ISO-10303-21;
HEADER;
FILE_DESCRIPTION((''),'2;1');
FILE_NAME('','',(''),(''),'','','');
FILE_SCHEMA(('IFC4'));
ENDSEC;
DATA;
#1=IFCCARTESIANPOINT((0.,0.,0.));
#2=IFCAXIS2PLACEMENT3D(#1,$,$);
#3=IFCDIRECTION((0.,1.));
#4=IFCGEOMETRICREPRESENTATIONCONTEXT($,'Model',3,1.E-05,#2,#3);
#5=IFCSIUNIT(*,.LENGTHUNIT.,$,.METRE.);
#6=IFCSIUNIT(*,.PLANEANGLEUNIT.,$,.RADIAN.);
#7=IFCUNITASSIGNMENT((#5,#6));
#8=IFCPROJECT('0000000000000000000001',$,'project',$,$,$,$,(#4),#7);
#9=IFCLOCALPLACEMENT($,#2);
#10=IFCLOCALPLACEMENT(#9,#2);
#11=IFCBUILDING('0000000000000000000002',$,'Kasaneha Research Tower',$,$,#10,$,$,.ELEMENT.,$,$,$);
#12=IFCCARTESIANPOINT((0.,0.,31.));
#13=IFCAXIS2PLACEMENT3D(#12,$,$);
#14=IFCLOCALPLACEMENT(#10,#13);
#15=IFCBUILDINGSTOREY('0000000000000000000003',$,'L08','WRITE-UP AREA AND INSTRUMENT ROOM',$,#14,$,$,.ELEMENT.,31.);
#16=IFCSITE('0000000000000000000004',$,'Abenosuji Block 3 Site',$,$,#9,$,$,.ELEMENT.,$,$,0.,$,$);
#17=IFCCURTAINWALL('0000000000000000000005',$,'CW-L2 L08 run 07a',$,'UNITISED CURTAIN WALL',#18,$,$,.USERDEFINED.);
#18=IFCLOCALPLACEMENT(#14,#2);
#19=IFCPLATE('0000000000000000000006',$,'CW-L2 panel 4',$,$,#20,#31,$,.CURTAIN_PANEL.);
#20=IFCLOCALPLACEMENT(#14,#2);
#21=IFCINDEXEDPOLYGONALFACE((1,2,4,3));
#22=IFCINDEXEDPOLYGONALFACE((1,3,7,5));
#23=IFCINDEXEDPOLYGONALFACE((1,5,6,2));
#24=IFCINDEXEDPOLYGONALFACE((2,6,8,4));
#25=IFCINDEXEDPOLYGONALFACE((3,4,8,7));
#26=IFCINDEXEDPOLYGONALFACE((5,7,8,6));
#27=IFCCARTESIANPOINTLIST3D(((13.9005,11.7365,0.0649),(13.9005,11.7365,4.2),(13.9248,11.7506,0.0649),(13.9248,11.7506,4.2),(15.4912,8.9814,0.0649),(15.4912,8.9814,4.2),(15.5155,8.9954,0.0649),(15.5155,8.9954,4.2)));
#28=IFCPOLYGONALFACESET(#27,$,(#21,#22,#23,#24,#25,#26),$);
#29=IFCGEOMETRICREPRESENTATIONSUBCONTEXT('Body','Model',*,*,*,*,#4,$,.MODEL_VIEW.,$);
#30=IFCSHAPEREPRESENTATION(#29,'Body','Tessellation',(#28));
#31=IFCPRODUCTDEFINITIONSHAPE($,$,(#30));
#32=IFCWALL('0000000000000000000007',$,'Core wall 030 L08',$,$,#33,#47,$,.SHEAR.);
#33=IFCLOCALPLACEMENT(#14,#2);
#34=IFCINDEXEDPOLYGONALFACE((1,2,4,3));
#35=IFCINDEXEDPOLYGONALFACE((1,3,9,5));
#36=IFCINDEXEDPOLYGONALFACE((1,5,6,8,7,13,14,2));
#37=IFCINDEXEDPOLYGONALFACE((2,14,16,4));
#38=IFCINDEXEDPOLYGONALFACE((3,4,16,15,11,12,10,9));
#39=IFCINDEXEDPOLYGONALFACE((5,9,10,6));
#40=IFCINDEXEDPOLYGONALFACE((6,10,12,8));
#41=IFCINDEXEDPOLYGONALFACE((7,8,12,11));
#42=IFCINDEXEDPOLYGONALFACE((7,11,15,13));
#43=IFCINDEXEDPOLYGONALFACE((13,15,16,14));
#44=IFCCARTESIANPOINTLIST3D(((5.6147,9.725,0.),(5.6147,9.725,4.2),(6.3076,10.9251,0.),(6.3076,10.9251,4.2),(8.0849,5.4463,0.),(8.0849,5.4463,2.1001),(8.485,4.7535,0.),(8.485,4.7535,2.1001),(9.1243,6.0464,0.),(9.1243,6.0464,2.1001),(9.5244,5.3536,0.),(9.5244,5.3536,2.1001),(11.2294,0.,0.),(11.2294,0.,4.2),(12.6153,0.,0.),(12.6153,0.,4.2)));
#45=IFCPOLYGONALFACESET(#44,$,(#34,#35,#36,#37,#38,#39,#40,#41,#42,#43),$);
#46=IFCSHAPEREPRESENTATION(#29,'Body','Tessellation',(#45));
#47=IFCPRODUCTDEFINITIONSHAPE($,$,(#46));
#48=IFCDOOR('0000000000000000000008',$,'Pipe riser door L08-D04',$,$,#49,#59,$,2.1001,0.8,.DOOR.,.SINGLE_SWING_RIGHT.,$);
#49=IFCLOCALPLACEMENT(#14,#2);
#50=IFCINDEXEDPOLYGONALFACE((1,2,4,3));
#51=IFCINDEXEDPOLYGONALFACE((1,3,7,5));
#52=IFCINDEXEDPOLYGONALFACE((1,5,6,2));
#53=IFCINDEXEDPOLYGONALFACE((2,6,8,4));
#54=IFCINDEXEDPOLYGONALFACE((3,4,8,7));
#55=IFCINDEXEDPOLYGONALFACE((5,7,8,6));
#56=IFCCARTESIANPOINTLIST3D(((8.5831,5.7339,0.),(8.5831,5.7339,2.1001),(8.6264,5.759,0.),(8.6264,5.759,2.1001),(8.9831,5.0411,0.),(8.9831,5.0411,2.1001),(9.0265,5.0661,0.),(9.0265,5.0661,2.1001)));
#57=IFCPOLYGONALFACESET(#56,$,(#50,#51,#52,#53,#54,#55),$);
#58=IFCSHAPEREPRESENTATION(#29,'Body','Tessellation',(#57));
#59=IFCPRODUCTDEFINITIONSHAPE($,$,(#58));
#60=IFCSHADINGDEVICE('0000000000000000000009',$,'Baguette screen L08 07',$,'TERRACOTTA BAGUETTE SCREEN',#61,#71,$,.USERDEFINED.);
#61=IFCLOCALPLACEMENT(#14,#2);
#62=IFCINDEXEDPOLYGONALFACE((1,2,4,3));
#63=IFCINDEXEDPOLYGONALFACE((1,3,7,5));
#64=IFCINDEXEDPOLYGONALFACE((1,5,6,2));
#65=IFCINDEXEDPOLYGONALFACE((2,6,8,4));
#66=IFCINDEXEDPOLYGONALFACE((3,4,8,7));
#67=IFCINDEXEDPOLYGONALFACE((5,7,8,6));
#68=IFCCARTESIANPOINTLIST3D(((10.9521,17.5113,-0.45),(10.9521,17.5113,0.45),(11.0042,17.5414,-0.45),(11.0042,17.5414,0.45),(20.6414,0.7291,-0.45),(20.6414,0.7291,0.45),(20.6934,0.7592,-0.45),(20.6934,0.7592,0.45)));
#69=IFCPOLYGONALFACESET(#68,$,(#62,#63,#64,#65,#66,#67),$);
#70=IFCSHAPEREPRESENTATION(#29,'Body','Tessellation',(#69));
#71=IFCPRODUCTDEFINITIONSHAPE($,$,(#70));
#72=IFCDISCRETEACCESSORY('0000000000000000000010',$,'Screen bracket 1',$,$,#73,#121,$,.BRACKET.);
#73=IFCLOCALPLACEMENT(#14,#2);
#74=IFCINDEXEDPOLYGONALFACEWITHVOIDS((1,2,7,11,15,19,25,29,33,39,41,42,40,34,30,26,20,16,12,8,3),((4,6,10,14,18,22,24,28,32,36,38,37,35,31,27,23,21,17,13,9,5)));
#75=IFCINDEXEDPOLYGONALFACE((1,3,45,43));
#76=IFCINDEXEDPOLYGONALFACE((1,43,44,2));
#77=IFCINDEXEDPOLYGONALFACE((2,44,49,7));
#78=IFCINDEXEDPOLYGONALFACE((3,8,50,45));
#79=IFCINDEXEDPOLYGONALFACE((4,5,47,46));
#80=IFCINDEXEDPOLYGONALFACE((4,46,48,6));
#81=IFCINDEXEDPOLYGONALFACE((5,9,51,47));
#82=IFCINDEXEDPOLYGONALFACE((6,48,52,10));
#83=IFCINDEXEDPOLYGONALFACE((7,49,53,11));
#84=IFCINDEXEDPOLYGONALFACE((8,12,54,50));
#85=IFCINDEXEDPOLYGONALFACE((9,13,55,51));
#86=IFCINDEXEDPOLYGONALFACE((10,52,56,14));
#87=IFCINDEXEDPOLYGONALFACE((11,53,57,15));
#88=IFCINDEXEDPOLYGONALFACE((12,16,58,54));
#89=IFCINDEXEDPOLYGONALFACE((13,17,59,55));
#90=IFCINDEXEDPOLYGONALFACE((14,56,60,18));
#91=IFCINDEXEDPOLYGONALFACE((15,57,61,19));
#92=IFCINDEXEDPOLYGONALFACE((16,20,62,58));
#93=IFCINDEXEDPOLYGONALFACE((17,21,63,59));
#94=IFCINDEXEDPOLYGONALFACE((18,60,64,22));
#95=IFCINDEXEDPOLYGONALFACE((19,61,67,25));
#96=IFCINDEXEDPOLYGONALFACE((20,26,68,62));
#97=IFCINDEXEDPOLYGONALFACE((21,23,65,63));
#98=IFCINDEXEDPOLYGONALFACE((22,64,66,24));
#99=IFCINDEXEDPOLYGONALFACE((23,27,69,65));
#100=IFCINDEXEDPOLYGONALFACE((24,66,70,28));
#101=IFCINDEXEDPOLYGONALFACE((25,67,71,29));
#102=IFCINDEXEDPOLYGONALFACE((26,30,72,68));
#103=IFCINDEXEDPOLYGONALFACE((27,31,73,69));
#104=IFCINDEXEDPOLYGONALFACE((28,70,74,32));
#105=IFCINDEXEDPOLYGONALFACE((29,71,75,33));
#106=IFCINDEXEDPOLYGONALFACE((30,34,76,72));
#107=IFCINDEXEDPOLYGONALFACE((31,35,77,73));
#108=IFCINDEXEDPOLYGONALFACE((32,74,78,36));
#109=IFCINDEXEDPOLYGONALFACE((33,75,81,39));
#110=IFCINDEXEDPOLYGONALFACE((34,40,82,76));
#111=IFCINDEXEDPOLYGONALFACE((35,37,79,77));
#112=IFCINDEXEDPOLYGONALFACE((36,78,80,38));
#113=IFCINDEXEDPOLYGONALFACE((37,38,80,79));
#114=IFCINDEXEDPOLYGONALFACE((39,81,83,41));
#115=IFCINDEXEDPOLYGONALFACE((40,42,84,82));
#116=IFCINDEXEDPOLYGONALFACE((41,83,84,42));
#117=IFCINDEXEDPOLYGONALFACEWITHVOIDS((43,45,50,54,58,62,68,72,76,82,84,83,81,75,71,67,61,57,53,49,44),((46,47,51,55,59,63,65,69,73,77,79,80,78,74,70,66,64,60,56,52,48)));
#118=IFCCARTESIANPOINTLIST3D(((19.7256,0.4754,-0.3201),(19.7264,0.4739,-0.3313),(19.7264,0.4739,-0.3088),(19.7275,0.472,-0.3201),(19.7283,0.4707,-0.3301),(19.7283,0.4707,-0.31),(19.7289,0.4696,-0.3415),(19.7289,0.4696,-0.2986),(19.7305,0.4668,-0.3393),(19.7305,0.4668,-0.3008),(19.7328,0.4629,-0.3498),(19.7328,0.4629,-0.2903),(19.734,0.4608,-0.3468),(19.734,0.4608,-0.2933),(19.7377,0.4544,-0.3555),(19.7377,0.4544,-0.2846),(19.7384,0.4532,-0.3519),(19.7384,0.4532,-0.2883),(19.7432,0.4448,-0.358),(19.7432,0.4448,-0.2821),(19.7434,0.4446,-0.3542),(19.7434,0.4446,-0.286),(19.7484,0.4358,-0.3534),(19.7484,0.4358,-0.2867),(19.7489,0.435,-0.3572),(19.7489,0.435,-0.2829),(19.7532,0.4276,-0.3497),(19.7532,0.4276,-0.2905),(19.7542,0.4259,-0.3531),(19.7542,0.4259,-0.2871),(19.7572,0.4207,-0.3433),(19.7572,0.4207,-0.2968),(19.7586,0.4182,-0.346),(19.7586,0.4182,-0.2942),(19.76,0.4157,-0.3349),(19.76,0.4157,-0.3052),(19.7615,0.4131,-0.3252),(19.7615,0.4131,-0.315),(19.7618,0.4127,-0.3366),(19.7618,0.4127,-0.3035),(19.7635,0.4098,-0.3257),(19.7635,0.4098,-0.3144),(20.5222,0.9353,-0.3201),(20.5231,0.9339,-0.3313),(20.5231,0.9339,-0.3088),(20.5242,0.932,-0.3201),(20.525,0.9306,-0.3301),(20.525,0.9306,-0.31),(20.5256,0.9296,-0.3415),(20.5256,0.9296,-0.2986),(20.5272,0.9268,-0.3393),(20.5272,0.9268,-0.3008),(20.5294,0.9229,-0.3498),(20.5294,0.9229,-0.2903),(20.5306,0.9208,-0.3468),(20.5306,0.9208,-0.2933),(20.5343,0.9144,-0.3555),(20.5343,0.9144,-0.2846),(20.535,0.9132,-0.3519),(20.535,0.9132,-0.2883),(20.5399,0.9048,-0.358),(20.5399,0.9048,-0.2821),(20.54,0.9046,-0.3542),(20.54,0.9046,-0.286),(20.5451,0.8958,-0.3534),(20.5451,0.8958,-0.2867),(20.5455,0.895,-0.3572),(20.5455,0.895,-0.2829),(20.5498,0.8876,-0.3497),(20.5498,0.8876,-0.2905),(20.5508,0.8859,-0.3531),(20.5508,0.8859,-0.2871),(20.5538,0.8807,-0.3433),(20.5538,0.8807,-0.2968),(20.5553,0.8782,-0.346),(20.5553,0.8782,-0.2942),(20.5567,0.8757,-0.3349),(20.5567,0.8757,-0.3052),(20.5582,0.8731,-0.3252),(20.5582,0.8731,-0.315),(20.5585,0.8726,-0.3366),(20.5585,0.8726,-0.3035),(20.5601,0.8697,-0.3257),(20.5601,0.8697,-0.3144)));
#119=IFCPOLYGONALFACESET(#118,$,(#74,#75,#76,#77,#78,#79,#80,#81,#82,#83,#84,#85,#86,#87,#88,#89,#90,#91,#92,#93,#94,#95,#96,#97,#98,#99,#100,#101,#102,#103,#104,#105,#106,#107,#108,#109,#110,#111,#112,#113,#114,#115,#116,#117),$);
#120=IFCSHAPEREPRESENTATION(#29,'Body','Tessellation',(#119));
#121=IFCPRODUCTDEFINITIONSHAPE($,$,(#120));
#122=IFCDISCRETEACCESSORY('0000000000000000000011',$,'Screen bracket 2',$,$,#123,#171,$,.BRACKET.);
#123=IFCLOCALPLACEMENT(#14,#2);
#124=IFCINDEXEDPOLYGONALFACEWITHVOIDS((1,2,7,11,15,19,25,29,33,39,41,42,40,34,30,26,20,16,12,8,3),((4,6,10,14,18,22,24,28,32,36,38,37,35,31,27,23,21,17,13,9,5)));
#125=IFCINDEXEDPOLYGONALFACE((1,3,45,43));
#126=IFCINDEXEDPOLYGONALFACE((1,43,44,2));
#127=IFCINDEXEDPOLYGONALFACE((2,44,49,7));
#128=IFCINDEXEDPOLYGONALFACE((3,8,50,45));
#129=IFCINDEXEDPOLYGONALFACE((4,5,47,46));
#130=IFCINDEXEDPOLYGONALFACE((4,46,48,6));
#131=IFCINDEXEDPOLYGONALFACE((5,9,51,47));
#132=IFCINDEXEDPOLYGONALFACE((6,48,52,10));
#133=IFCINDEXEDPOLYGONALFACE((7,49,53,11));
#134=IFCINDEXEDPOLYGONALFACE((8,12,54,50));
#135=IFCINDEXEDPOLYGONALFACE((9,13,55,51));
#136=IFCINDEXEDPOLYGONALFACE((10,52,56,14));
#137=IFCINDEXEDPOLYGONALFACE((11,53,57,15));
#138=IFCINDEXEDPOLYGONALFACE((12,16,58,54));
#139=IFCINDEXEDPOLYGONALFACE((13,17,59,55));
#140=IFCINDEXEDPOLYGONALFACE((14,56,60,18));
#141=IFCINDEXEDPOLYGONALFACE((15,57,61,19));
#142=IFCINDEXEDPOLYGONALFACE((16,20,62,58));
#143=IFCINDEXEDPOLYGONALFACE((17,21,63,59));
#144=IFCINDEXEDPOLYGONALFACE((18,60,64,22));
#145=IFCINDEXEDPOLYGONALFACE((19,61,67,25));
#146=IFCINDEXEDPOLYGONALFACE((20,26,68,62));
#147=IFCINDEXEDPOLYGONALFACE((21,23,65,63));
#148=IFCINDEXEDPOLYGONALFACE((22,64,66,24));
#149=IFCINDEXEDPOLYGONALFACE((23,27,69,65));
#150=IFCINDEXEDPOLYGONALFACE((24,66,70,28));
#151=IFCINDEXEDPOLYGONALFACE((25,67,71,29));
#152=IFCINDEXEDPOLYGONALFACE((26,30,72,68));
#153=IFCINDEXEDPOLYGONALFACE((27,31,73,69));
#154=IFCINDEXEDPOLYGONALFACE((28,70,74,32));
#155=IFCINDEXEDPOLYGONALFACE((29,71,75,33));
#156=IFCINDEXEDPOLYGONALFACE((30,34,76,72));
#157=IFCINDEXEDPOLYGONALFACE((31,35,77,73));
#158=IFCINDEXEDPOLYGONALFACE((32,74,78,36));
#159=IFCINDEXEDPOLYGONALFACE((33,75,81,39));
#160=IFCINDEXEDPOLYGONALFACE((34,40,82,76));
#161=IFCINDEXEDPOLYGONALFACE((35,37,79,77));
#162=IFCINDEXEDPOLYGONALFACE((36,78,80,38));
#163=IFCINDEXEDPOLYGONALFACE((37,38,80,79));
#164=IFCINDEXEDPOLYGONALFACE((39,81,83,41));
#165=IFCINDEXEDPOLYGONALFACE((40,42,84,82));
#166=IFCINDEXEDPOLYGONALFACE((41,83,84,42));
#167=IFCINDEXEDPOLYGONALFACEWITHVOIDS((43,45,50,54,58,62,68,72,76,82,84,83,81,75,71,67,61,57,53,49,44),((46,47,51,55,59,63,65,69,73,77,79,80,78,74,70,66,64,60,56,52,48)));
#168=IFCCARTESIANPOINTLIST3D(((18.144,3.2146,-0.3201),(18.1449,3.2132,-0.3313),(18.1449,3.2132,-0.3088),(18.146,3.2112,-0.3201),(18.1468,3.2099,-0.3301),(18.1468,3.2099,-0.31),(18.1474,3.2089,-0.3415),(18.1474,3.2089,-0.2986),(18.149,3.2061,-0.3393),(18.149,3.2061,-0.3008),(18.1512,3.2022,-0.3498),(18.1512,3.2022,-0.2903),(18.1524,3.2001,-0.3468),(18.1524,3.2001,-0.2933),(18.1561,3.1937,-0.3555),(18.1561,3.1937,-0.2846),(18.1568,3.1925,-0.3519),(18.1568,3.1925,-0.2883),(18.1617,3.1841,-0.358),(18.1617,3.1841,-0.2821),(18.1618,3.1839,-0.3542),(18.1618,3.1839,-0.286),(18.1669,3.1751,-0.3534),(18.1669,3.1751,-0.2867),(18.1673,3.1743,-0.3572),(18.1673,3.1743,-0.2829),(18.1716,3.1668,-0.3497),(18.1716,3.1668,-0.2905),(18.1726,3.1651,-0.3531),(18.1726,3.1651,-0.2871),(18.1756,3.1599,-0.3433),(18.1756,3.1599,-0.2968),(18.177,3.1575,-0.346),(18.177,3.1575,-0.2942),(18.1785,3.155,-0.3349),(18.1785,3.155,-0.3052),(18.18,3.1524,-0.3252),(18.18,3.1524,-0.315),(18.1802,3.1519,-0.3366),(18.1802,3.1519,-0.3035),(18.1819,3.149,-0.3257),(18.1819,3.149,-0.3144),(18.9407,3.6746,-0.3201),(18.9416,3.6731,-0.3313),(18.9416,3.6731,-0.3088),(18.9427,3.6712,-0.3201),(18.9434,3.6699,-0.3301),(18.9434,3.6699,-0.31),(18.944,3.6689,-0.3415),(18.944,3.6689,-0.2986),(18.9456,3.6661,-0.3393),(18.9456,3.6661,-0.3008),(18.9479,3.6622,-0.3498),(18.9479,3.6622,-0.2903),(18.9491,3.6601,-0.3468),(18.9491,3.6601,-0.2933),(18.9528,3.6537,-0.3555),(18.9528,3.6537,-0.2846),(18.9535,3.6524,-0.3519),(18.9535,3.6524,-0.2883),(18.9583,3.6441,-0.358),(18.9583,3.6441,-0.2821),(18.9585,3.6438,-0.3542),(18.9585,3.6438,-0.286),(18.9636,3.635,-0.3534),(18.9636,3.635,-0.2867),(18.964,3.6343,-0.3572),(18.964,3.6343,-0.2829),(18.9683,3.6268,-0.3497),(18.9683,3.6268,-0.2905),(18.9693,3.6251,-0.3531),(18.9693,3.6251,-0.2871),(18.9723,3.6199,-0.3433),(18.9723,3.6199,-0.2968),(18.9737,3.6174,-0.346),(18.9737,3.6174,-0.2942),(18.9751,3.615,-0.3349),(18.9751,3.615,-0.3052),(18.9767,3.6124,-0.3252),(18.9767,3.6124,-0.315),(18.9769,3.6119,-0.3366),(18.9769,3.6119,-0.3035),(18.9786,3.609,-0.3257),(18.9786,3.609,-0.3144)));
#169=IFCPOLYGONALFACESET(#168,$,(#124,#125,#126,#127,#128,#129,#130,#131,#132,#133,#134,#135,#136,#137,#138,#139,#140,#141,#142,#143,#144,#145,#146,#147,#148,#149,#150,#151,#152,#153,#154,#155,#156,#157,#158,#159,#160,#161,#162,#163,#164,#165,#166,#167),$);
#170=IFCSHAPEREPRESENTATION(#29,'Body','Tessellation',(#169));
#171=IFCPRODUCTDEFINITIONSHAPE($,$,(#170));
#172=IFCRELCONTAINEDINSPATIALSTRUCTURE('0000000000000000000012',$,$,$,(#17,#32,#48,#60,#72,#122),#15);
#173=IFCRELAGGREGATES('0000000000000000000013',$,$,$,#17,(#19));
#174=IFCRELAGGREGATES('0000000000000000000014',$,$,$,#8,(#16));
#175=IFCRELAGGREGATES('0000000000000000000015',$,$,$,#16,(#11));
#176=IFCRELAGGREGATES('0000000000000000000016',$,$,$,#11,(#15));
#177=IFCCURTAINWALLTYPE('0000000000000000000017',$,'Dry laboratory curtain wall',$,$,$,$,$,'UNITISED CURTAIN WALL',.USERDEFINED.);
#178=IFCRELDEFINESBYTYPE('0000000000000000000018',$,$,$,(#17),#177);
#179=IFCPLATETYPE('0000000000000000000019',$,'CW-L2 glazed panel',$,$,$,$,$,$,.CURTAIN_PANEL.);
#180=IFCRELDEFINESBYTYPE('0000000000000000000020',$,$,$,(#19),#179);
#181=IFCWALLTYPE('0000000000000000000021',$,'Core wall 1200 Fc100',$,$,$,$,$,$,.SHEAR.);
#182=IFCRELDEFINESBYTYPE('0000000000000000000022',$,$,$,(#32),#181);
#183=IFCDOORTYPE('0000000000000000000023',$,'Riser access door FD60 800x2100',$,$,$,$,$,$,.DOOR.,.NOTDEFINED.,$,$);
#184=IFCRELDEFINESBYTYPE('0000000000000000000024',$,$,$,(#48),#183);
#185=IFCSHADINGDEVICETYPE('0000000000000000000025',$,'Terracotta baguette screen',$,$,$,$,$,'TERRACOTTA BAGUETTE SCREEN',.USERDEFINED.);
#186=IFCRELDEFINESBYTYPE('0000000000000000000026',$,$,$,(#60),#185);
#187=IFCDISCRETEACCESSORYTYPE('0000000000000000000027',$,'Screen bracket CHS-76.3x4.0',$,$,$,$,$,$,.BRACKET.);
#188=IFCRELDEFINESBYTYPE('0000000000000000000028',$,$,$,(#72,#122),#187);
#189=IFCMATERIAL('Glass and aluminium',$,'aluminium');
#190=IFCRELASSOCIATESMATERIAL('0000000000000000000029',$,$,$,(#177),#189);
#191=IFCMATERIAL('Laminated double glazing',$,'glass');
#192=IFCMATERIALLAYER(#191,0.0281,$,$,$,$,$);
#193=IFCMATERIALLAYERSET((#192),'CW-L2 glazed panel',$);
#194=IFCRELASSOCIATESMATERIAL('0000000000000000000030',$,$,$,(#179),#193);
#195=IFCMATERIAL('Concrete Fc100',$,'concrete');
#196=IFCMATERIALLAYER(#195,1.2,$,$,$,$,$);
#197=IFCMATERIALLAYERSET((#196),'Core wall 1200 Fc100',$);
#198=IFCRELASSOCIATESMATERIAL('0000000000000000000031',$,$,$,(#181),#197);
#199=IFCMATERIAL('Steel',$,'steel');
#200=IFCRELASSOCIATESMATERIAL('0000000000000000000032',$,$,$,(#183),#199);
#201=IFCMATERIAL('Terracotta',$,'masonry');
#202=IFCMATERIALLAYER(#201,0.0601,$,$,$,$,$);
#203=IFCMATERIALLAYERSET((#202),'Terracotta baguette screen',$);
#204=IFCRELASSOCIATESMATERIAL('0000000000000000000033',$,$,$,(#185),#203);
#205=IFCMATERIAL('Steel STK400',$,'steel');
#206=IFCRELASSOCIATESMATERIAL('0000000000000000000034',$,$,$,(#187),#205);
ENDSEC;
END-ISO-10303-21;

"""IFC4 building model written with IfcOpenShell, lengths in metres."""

from ifc_helpers import new_model, si_unit, direction, frame, frame_2d, origin, origin_2d, place, context, subcontext, project, spatial, polyline, rectangle, hollow_circle, outline, extrude, material, layer, layer_set, material_profile, profile_set, type_object, element, fill, aggregate, save


model = new_model("IFC4")

# Units and contexts
model_context = context("Model", 3, precision=1e-05, world=origin(), true_north=direction((0.0, 1.0)))
body_context = subcontext(model_context, "Body", "Model", "MODEL_VIEW")
ifc_project = project(units=[si_unit("LENGTHUNIT", "METRE"), si_unit("PLANEANGLEUNIT", "RADIAN")], contexts=[model_context])

# Site, building, storey
site_placement = place(None, origin())
site = spatial("IfcSite", under=ifc_project, at=site_placement, Name="Abenosuji Block 3 Site", CompositionType="ELEMENT", RefElevation=0.0)
building_placement = place(site_placement, origin())
building = spatial("IfcBuilding", under=site, at=building_placement, Name="Kasaneha Research Tower", CompositionType="ELEMENT")
storey_placement = place(building_placement, frame((0.0, 0.0, 31.0)))
storey = spatial("IfcBuildingStorey", under=building, at=storey_placement, Name="L08", Description="WRITE-UP AREA AND INSTRUMENT ROOM", CompositionType="ELEMENT", Elevation=31.0)

# Shared definitions
ifc_material_1 = material(Name="Glass and aluminium", Category="aluminium")
curtain_wall_type = type_object("IfcCurtainWallType", Name="Dry laboratory curtain wall", ElementType="UNITISED CURTAIN WALL", PredefinedType="USERDEFINED", material=ifc_material_1)

# Curtain wall
curtain_wall_1_placement = place(storey_placement, origin())
curtain_wall_1 = element("IfcCurtainWall", 1, at=curtain_wall_1_placement, inside=storey, type_object=curtain_wall_type, Name="CW-L2 L08 run 07a", ObjectType="UNITISED CURTAIN WALL", PredefinedType="USERDEFINED")

# Plate
ifc_material_2 = material(Name="Laminated double glazing", Category="glass")
ifc_layer_1 = layer(ifc_material_2, 0.0281)
ifc_layer_set_1 = layer_set([ifc_layer_1], Name="CW-L2 glazed panel")
plate_type = type_object("IfcPlateType", Name="CW-L2 glazed panel", PredefinedType="CURTAIN_PANEL", material=ifc_layer_set_1)
plate_1_placement = place(storey_placement, frame((14.708, 10.366, 0.0649), z_axis=(0.0, 0.0, 1.0), x_axis=(-0.5, 0.866025, 0.0)))
plate_1 = element("IfcPlate", 2, at=plate_1_placement, type_object=plate_type, Name="CW-L2 panel 4", PredefinedType="CURTAIN_PANEL", context=body_context, shape_type="SweptSolid", body=[
    extrude(rectangle(XDim=3.1814, YDim=0.0281, at=origin_2d()), origin(), (0.0, 0.0, 1.0), 4.135),
])
aggregate(curtain_wall_1, [plate_1])

# Wall, opening, door
ifc_material_3 = material(Name="Concrete Fc100", Category="concrete")
ifc_layer_2 = layer(ifc_material_3, 1.2)
ifc_layer_set_2 = layer_set([ifc_layer_2], Name="Core wall 1200 Fc100")
wall_type_1 = type_object("IfcWallType", Name="Core wall 1200 Fc100", PredefinedType="SHEAR", material=ifc_layer_set_2)
wall_1_placement = place(storey_placement, frame((11.9224, 0.0, 0.0), z_axis=(0.0, 0.0, 1.0), x_axis=(-0.500004, 0.866023, 0.0)))
wall_1 = element("IfcWall", 3, at=wall_1_placement, inside=storey, type_object=wall_type_1, Name="Core wall 030 L08", PredefinedType="SHEAR", context=body_context, shape_type="SweptSolid", body=[
    extrude(outline(polyline([(-0.3464, -0.6001), (5.8354, -0.6001), (6.6355, -0.6001), (12.2688, -0.6001), (11.5759, 0.6001), (6.6355, 0.6001), (5.8354, 0.6001), (0.3464, 0.6001), (-0.3464, -0.6001)])), origin(), (0.0, 0.0, 1.0), 4.2),
])
opening_1_placement = place(wall_1_placement, frame((5.8354, 0.0, 0.0)))
opening_1 = element("IfcOpeningElement", 4, at=opening_1_placement, cuts=wall_1, PredefinedType="OPENING", context=body_context, shape_type="SweptSolid", body=[
    extrude(rectangle(XDim=0.8, YDim=2.1001, at=frame_2d((0.3999, 1.05))), frame((0.0, 0.6099, 0.0), z_axis=(0.0, -1.0, 0.0), x_axis=(1.0, 0.0, 0.0)), (0.0, 0.0, 1.0), 1.22),
])
ifc_material_4 = material(Name="Steel", Category="steel")
door_type_1 = type_object("IfcDoorType", Name="Riser access door FD60 800x2100", OperationType="NOTDEFINED", PredefinedType="DOOR", material=ifc_material_4)
door_1_placement = place(opening_1_placement, origin())
door_1 = element("IfcDoor", 5, at=door_1_placement, inside=storey, type_object=door_type_1, Name="Pipe riser door L08-D04", OperationType="SINGLE_SWING_RIGHT", OverallHeight=2.1001, OverallWidth=0.8, PredefinedType="DOOR", context=body_context, shape_type="SweptSolid", body=[
    extrude(rectangle(XDim=0.8, YDim=2.1001, at=frame_2d((0.3999, 1.05))), frame((0.0, 0.0249, 0.0), z_axis=(0.0, -1.0, 0.0), x_axis=(1.0, 0.0, 0.0)), (0.0, 0.0, 1.0), 0.05),
])
fill(opening_1, door_1)

# Shading device
ifc_material_5 = material(Name="Terracotta", Category="masonry")
ifc_layer_3 = layer(ifc_material_5, 0.0601)
ifc_layer_set_3 = layer_set([ifc_layer_3], Name="Terracotta baguette screen")
shading_device_type = type_object("IfcShadingDeviceType", Name="Terracotta baguette screen", ElementType="TERRACOTTA BAGUETTE SCREEN", PredefinedType="USERDEFINED", material=ifc_layer_set_3)
shading_device_placement = place(storey_placement, frame((15.8228, 9.1353, -0.45), z_axis=(0.0, 0.0, 1.0), x_axis=(-0.5, 0.866025, 0.0)))
element("IfcShadingDevice", 6, at=shading_device_placement, inside=storey, type_object=shading_device_type, Name="Baguette screen L08 07", ObjectType="TERRACOTTA BAGUETTE SCREEN", PredefinedType="USERDEFINED", context=body_context, shape_type="SweptSolid", body=[
    extrude(rectangle(XDim=19.3784, YDim=0.0601, at=origin_2d()), origin(), (0.0, 0.0, 1.0), 0.8999),
])

# Discrete accessories
ifc_material_6 = material(Name="Steel STK400", Category="steel")
ifc_material_profile_1 = material_profile(ifc_material_6, hollow_circle(Radius=0.0381, WallThickness=0.0039, at=origin_2d()), Name="CHS-76.3x4.0")
ifc_profile_set_1 = profile_set([ifc_material_profile_1], Name="Steel STK400")
discrete_accessory_type = type_object("IfcDiscreteAccessoryType", Name="Screen bracket CHS-76.3x4.0", PredefinedType="BRACKET", material=ifc_profile_set_1)
for number, where, z_axis, x_axis, name in (
    (7, (19.7446, 0.4424, -0.3201), (0.866013, 0.500021, 0.0), (-0.500021, 0.866013, 0.0), "Screen bracket 1"),
    (8, (18.1631, 3.1816, -0.3201), (0.866013, 0.500021, 0.0), (-0.500021, 0.866013, 0.0), "Screen bracket 2"),
):
    element("IfcDiscreteAccessory", number, at=place(storey_placement, frame(where, z_axis=z_axis, x_axis=x_axis)), inside=storey, type_object=discrete_accessory_type, Name=name, PredefinedType="BRACKET", context=body_context, shape_type="SweptSolid", body=[
        extrude(hollow_circle(Radius=0.0381, WallThickness=0.0039, at=origin_2d()), origin(), (0.0, 0.0, 1.0), 0.9199),
    ])

save(model, "model.ifc")
